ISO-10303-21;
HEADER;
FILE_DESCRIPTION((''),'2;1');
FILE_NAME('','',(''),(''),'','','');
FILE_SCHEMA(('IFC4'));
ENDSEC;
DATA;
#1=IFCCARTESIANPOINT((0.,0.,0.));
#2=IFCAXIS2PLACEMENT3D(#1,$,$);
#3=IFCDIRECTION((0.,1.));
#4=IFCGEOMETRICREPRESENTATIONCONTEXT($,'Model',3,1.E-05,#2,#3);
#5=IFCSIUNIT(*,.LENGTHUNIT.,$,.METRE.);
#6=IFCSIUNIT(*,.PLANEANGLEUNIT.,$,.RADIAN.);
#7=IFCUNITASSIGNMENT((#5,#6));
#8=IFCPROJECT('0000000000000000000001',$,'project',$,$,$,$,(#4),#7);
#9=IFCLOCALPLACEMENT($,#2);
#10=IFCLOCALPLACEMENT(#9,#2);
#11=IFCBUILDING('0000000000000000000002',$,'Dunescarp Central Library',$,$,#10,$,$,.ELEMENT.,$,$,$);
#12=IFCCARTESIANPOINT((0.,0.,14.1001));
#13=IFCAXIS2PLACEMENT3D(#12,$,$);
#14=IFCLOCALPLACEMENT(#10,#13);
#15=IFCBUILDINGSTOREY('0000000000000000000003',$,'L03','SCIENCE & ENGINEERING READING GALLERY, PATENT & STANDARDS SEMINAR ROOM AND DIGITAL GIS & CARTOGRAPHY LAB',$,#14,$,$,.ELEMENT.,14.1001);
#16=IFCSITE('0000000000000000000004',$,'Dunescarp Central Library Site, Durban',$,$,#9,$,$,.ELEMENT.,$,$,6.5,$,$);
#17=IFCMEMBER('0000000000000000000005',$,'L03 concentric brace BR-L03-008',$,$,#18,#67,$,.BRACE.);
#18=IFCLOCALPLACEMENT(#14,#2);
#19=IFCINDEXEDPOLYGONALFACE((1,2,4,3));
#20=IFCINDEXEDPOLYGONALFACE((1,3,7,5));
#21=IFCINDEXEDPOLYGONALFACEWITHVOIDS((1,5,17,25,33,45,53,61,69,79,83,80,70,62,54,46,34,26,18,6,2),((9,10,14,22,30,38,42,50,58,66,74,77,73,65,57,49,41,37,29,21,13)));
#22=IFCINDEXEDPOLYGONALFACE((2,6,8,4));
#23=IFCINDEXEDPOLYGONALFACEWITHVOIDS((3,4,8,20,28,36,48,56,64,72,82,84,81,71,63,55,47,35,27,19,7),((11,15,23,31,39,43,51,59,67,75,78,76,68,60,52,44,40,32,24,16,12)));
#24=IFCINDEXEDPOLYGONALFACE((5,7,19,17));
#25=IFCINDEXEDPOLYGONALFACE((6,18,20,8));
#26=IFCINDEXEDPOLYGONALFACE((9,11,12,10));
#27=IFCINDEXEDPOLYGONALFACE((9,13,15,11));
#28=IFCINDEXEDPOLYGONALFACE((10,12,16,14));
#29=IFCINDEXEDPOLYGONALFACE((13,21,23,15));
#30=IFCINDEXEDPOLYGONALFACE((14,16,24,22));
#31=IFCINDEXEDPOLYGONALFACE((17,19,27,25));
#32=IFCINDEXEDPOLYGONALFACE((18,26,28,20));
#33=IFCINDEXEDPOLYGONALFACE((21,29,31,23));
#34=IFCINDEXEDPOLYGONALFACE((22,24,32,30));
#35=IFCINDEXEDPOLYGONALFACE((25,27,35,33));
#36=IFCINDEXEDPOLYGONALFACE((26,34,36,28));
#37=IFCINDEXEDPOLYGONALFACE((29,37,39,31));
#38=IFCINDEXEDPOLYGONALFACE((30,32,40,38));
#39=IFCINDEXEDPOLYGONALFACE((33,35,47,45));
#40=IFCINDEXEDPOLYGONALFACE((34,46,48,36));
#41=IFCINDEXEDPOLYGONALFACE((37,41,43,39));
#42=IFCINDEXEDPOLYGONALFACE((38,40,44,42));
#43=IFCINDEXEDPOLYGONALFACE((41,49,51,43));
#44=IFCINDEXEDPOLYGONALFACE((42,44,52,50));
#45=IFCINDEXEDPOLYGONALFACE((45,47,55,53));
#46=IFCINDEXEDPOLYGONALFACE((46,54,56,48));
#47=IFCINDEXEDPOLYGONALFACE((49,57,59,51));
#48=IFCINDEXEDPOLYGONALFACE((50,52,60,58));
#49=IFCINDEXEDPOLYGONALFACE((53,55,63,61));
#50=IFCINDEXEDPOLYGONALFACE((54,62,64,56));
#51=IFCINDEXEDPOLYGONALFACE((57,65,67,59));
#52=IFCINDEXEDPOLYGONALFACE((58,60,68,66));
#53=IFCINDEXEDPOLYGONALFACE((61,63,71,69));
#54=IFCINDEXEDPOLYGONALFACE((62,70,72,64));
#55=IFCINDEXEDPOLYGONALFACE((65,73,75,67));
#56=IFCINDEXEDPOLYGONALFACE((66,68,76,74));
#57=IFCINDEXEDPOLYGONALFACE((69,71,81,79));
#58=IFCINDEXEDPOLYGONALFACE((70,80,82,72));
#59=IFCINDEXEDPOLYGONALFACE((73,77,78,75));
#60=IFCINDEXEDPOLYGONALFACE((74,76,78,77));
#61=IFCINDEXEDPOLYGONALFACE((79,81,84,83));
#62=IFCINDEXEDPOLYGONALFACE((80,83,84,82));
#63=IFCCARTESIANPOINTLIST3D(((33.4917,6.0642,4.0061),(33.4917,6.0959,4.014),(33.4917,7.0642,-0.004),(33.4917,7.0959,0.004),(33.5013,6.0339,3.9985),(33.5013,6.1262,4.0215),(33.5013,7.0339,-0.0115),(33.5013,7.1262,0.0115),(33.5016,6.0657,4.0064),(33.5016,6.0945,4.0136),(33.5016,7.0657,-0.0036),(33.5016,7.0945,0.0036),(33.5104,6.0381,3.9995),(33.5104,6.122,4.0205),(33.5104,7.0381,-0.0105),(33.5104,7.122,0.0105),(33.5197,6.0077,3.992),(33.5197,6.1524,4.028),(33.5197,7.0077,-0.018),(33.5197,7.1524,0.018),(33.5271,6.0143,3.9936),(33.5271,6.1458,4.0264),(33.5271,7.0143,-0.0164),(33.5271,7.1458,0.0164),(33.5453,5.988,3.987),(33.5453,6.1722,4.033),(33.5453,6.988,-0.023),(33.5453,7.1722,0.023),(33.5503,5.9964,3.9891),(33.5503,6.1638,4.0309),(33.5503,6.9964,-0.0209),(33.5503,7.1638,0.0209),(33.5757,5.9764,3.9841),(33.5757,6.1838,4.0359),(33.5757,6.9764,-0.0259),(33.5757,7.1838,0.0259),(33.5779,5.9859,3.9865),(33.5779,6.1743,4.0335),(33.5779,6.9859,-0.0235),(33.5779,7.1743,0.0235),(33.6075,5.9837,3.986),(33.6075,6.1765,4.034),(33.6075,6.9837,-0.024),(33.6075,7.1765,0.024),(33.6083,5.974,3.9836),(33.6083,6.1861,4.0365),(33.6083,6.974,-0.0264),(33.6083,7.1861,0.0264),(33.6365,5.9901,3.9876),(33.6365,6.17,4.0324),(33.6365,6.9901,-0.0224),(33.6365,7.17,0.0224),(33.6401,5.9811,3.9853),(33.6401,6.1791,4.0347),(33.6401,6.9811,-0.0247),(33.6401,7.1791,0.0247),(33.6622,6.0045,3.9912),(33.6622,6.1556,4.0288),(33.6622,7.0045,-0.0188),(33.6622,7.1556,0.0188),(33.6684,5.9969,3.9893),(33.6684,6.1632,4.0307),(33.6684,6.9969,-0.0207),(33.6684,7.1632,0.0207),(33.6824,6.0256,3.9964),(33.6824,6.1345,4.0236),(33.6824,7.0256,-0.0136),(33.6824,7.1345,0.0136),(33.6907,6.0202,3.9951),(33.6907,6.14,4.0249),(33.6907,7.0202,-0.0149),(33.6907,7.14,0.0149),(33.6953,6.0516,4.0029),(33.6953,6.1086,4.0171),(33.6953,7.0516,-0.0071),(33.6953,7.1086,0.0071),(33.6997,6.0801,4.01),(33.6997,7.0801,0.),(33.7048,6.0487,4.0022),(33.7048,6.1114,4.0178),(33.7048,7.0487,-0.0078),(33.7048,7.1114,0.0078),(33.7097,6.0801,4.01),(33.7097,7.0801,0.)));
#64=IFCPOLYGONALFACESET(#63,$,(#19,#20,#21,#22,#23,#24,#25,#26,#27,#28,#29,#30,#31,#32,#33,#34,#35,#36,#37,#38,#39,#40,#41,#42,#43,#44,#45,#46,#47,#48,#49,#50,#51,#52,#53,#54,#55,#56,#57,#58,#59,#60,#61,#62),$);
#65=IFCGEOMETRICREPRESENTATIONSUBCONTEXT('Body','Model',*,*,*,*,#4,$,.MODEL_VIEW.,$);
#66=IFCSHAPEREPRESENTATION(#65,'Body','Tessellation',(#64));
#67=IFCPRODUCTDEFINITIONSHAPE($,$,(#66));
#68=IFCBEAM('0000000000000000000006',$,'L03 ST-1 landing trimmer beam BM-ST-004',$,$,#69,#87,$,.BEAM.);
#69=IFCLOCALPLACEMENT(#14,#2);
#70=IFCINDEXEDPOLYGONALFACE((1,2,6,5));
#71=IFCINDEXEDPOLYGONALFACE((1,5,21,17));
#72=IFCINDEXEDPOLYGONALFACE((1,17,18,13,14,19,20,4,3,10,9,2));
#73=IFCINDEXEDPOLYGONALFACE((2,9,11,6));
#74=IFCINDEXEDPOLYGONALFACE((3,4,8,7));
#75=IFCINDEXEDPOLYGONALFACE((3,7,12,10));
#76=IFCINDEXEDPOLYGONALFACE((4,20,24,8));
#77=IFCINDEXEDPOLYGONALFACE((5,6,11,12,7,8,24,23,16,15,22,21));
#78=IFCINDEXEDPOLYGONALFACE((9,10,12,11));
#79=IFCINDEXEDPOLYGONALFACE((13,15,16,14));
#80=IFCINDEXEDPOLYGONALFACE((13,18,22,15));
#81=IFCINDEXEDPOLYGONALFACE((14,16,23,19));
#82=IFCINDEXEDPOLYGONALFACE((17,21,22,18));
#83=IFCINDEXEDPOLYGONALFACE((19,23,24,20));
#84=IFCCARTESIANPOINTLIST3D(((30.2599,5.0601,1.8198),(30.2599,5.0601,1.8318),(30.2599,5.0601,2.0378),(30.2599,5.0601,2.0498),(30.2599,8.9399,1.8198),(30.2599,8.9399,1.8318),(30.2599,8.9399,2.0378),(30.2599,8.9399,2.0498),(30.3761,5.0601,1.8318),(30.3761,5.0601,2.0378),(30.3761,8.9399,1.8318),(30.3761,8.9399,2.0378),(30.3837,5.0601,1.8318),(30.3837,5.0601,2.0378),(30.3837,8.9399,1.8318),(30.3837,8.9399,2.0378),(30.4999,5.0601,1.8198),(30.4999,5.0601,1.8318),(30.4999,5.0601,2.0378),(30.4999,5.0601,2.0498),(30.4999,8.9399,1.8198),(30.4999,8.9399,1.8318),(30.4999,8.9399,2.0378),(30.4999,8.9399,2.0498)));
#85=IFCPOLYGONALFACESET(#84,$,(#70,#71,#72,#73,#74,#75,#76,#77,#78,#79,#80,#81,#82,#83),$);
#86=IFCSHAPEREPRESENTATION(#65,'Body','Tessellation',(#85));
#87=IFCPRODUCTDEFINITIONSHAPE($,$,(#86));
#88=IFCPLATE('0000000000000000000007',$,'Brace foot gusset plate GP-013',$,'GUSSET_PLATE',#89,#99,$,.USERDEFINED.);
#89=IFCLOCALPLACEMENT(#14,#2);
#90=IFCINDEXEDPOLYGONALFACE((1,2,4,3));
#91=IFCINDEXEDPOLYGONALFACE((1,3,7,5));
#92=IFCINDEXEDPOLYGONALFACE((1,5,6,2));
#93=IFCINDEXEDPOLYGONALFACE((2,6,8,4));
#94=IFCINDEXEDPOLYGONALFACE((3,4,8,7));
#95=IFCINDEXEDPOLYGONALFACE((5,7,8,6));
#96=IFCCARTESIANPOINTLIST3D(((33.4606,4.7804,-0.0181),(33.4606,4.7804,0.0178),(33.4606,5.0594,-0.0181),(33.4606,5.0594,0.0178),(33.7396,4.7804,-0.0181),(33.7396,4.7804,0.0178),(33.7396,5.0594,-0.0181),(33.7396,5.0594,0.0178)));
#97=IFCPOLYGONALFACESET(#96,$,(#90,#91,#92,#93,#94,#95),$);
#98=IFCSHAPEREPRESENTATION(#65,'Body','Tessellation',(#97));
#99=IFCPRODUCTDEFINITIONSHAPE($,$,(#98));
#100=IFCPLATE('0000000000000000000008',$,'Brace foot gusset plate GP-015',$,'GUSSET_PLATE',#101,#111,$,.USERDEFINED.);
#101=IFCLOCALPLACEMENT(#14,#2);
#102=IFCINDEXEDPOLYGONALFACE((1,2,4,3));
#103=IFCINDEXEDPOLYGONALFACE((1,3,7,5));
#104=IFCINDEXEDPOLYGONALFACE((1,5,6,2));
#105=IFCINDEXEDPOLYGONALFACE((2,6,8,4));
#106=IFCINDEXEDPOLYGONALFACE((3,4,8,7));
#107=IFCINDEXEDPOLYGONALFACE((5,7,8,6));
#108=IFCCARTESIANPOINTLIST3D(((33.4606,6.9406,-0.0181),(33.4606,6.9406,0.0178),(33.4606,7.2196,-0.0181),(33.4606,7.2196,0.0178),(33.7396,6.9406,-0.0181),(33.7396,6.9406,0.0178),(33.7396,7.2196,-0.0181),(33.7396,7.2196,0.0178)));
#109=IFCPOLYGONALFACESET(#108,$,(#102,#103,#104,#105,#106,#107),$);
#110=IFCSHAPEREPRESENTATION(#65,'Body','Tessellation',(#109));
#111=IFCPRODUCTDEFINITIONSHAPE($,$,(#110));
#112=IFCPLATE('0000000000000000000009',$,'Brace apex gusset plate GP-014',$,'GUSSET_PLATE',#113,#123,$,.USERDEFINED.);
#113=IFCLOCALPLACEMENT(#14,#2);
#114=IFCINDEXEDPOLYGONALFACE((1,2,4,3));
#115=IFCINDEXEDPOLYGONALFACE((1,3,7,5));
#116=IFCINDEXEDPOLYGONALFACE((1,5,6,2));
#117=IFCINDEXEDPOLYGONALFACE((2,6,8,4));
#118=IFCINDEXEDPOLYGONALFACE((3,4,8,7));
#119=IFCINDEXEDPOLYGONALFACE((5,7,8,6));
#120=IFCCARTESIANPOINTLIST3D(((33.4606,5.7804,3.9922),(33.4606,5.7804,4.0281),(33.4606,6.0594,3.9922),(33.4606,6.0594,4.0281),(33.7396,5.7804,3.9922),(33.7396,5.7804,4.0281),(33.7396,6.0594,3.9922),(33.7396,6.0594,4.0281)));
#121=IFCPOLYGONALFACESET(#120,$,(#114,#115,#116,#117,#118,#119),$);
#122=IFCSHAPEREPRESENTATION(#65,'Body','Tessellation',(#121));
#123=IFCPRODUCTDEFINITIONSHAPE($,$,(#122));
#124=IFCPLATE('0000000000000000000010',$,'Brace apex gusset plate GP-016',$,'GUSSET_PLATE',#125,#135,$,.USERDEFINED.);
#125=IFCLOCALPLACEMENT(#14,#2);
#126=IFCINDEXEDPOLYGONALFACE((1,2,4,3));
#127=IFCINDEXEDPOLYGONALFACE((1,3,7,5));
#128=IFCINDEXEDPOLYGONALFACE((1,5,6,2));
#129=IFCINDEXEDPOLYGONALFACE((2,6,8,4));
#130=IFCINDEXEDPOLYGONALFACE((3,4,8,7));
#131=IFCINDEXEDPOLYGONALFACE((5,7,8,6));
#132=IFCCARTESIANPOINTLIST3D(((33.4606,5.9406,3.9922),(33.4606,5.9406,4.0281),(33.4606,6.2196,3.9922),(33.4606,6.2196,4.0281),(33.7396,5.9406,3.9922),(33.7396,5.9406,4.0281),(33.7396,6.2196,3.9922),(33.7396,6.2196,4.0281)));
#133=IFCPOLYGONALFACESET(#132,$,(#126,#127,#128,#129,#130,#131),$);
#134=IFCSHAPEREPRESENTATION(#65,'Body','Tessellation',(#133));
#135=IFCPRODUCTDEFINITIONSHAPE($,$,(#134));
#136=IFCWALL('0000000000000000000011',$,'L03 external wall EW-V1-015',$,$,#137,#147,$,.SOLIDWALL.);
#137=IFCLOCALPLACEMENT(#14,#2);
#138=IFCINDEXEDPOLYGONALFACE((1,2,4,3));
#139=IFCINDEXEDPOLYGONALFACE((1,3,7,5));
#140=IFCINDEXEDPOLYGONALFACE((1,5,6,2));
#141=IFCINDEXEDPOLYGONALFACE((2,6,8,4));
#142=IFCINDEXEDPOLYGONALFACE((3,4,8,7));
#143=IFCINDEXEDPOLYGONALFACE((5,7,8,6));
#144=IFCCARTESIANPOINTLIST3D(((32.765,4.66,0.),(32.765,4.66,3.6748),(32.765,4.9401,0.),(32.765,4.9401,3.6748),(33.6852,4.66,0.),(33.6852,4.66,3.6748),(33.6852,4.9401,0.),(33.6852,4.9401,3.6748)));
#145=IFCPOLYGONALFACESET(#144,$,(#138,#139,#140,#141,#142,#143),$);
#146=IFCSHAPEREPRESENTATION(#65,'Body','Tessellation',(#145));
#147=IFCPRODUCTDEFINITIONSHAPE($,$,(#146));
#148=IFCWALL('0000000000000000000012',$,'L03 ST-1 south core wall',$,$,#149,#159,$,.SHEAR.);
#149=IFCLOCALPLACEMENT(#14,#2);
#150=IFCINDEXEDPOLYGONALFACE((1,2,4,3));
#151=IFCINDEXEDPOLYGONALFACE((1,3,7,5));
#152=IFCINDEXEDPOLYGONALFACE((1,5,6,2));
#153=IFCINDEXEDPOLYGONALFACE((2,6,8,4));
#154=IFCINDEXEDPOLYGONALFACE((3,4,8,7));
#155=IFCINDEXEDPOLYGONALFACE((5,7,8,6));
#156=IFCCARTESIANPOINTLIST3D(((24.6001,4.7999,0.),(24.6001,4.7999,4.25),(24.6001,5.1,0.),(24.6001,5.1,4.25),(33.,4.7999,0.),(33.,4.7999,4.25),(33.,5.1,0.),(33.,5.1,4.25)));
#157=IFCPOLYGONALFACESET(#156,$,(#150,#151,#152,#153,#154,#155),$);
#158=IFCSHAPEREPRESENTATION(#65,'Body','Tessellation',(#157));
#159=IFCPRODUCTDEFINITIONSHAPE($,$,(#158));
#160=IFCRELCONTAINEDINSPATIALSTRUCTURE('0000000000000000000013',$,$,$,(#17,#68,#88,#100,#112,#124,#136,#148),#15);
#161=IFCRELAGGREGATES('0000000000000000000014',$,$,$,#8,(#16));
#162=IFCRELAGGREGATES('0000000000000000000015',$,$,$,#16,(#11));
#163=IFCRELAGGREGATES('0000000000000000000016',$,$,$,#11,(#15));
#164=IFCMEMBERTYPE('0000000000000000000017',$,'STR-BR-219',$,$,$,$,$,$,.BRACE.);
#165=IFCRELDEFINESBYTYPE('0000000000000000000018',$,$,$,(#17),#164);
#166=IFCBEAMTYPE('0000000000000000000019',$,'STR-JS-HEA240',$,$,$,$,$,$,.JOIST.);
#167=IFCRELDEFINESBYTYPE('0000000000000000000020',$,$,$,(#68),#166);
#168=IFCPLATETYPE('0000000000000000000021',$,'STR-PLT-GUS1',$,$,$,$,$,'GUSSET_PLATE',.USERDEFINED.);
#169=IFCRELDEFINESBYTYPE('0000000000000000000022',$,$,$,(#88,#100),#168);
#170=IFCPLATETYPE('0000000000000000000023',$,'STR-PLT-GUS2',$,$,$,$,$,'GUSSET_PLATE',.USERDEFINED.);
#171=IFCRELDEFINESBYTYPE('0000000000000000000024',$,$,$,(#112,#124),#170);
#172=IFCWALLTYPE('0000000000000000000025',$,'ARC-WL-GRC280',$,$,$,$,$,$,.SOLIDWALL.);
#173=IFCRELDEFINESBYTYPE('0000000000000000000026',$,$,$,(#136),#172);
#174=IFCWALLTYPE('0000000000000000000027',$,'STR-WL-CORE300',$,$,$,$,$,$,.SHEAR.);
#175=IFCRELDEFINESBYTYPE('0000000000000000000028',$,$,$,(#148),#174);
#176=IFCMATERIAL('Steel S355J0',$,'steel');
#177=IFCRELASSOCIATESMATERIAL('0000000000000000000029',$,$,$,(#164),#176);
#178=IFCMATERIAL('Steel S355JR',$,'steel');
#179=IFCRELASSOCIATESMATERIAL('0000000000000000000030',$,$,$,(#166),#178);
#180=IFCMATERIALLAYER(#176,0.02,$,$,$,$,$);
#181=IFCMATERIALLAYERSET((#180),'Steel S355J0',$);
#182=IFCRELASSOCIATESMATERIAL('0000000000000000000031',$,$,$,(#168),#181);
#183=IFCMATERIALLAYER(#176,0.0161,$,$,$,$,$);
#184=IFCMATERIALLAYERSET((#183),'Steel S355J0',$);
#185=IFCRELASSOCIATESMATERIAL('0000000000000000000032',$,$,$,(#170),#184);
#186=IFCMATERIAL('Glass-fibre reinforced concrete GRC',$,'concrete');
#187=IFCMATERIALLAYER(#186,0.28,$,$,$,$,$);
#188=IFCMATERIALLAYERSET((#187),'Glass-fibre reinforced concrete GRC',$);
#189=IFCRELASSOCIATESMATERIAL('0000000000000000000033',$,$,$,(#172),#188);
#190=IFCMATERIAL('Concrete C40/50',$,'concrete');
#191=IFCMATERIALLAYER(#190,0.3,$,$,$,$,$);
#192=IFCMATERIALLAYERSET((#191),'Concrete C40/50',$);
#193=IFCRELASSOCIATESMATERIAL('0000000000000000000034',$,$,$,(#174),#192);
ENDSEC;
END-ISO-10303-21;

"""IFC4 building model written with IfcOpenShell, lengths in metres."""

from ifc_helpers import new_model, si_unit, direction, frame, frame_2d, origin, origin_2d, place, context, subcontext, project, spatial, rectangle, hollow_circle, i_section, extrude, material, layer, layer_set, material_profile, profile_set, type_object, element, save


model = new_model("IFC4")

# Units and contexts
model_context = context("Model", 3, precision=1e-05, world=origin(), true_north=direction((0.0, 1.0)))
body_context = subcontext(model_context, "Body", "Model", "MODEL_VIEW")
ifc_project = project(units=[si_unit("LENGTHUNIT", "METRE"), si_unit("PLANEANGLEUNIT", "RADIAN")], contexts=[model_context])

# Site, building, storey
site_placement = place(None, origin())
site = spatial("IfcSite", under=ifc_project, at=site_placement, Name="Dunescarp Central Library Site, Durban", CompositionType="ELEMENT", RefElevation=6.5)
building_placement = place(site_placement, origin())
building = spatial("IfcBuilding", under=site, at=building_placement, Name="Dunescarp Central Library", CompositionType="ELEMENT")
storey_placement = place(building_placement, frame((0.0, 0.0, 14.1001)))
storey = spatial("IfcBuildingStorey", under=building, at=storey_placement, Name="L03", Description="SCIENCE & ENGINEERING READING GALLERY, PATENT & STANDARDS SEMINAR ROOM AND DIGITAL GIS & CARTOGRAPHY LAB", CompositionType="ELEMENT", Elevation=14.1001)

# Shared definitions
ifc_material_1 = material(Name="Steel S355JR", Category="steel")

# Member
ifc_material_2 = material(Name="Steel S355J0", Category="steel")
ifc_material_profile_1 = material_profile(ifc_material_2, hollow_circle(Radius=0.1096, WallThickness=0.01, at=origin_2d()), Name="CHS 219.1x10")
ifc_profile_set_1 = profile_set([ifc_material_profile_1], Name="Steel S355J0")
member_type_1 = type_object("IfcMemberType", Name="STR-BR-219", PredefinedType="BRACE", material=ifc_profile_set_1)
for number, where, z_axis, x_axis, name in (
    (1, (33.6001, 7.0801, 0.0), (0.0, -0.241966, 0.970285), (1.0, 0.0, 0.0), "L03 concentric brace BR-L03-008"),
):
    element("IfcMember", number, at=place(storey_placement, frame(where, z_axis=z_axis, x_axis=x_axis)), inside=storey, type_object=member_type_1, Name=name, PredefinedType="BRACE", context=body_context, shape_type="SweptSolid", body=[
        extrude(hollow_circle(Radius=0.1096, WallThickness=0.01, at=origin_2d()), origin(), (0.0, 0.0, 1.0), 4.1328),
    ])

# Beam
ifc_material_profile_2 = material_profile(ifc_material_1, i_section(OverallWidth=0.24, OverallDepth=0.23, WebThickness=0.0076, FlangeThickness=0.012, at=origin_2d()), Name="HEA 240")
ifc_profile_set_2 = profile_set([ifc_material_profile_2], Name="Steel S355JR")
beam_type_1 = type_object("IfcBeamType", Name="STR-JS-HEA240", PredefinedType="JOIST", material=ifc_profile_set_2)
beam_1_placement = place(storey_placement, frame((30.3799, 5.0601, 1.9348), z_axis=(0.0, 1.0, 0.0), x_axis=(-1.0, 0.0, 0.0)))
element("IfcBeam", 2, at=beam_1_placement, inside=storey, type_object=beam_type_1, Name="L03 ST-1 landing trimmer beam BM-ST-004", PredefinedType="BEAM", context=body_context, shape_type="SweptSolid", body=[
    extrude(i_section(OverallWidth=0.24, OverallDepth=0.23, WebThickness=0.0076, FlangeThickness=0.012, at=origin_2d()), origin(), (0.0, 0.0, 1.0), 3.8799),
])

# Plates
ifc_layer_1 = layer(ifc_material_2, 0.02)
ifc_layer_set_1 = layer_set([ifc_layer_1], Name="Steel S355J0")
plate_type_1 = type_object("IfcPlateType", Name="STR-PLT-GUS1", ElementType="GUSSET_PLATE", PredefinedType="USERDEFINED", material=ifc_layer_set_1)
for number, where, z_axis, x_axis, name in (
    (3, (33.6001, 4.9199, -0.0181), (0.0, 0.0, 1.0), (1.0, 0.0, 0.0), "Brace foot gusset plate GP-013"),
    (4, (33.6001, 7.0801, -0.0181), (0.0, 0.0, 1.0), (1.0, 0.0, 0.0), "Brace foot gusset plate GP-015"),
):
    element("IfcPlate", number, at=place(storey_placement, frame(where, z_axis=z_axis, x_axis=x_axis)), inside=storey, type_object=plate_type_1, Name=name, ObjectType="GUSSET_PLATE", PredefinedType="USERDEFINED", context=body_context, shape_type="SweptSolid", body=[
        extrude(rectangle(XDim=0.2791, YDim=0.2791, at=origin_2d()), origin(), (0.0, 0.0, 1.0), 0.0359),
    ])
ifc_layer_2 = layer(ifc_material_2, 0.0161)
ifc_layer_set_2 = layer_set([ifc_layer_2], Name="Steel S355J0")
plate_type_2 = type_object("IfcPlateType", Name="STR-PLT-GUS2", ElementType="GUSSET_PLATE", PredefinedType="USERDEFINED", material=ifc_layer_set_2)
for number, where, z_axis, x_axis, name in (
    (5, (33.6001, 5.9199, 3.9922), (0.0, 0.0, 1.0), (1.0, 0.0, 0.0), "Brace apex gusset plate GP-014"),
    (6, (33.6001, 6.0801, 3.9922), (0.0, 0.0, 1.0), (1.0, 0.0, 0.0), "Brace apex gusset plate GP-016"),
):
    element("IfcPlate", number, at=place(storey_placement, frame(where, z_axis=z_axis, x_axis=x_axis)), inside=storey, type_object=plate_type_2, Name=name, ObjectType="GUSSET_PLATE", PredefinedType="USERDEFINED", context=body_context, shape_type="SweptSolid", body=[
        extrude(rectangle(XDim=0.2791, YDim=0.2791, at=origin_2d()), origin(), (0.0, 0.0, 1.0), 0.0359),
    ])

# Walls
ifc_material_3 = material(Name="Glass-fibre reinforced concrete GRC", Category="concrete")
ifc_layer_3 = layer(ifc_material_3, 0.28)
ifc_layer_set_3 = layer_set([ifc_layer_3], Name="Glass-fibre reinforced concrete GRC")
wall_type_1 = type_object("IfcWallType", Name="ARC-WL-GRC280", PredefinedType="SOLIDWALL", material=ifc_layer_set_3)
wall_1_placement = place(storey_placement, frame((33.6851, 4.8, 0.0), z_axis=(0.0, 0.0, 1.0), x_axis=(-1.0, 0.0, 0.0)))
element("IfcWall", 7, at=wall_1_placement, inside=storey, type_object=wall_type_1, Name="L03 external wall EW-V1-015", PredefinedType="SOLIDWALL", context=body_context, shape_type="SweptSolid", body=[
    extrude(rectangle(XDim=0.9202, YDim=0.28, at=frame_2d((0.46, 0.0))), origin(), (0.0, 0.0, 1.0), 3.6748),
])
ifc_material_4 = material(Name="Concrete C40/50", Category="concrete")
ifc_layer_4 = layer(ifc_material_4, 0.3)
ifc_layer_set_4 = layer_set([ifc_layer_4], Name="Concrete C40/50")
wall_type_2 = type_object("IfcWallType", Name="STR-WL-CORE300", PredefinedType="SHEAR", material=ifc_layer_set_4)
wall_2_placement = place(storey_placement, frame((33.0, 4.95, 0.0), z_axis=(0.0, 0.0, 1.0), x_axis=(-1.0, 0.0, 0.0)))
element("IfcWall", 8, at=wall_2_placement, inside=storey, type_object=wall_type_2, Name="L03 ST-1 south core wall", PredefinedType="SHEAR", context=body_context, shape_type="SweptSolid", body=[
    extrude(rectangle(XDim=8.3999, YDim=0.3, at=frame_2d((4.2, 0.0))), origin(), (0.0, 0.0, 1.0), 4.25),
])

save(model, "model.ifc")
